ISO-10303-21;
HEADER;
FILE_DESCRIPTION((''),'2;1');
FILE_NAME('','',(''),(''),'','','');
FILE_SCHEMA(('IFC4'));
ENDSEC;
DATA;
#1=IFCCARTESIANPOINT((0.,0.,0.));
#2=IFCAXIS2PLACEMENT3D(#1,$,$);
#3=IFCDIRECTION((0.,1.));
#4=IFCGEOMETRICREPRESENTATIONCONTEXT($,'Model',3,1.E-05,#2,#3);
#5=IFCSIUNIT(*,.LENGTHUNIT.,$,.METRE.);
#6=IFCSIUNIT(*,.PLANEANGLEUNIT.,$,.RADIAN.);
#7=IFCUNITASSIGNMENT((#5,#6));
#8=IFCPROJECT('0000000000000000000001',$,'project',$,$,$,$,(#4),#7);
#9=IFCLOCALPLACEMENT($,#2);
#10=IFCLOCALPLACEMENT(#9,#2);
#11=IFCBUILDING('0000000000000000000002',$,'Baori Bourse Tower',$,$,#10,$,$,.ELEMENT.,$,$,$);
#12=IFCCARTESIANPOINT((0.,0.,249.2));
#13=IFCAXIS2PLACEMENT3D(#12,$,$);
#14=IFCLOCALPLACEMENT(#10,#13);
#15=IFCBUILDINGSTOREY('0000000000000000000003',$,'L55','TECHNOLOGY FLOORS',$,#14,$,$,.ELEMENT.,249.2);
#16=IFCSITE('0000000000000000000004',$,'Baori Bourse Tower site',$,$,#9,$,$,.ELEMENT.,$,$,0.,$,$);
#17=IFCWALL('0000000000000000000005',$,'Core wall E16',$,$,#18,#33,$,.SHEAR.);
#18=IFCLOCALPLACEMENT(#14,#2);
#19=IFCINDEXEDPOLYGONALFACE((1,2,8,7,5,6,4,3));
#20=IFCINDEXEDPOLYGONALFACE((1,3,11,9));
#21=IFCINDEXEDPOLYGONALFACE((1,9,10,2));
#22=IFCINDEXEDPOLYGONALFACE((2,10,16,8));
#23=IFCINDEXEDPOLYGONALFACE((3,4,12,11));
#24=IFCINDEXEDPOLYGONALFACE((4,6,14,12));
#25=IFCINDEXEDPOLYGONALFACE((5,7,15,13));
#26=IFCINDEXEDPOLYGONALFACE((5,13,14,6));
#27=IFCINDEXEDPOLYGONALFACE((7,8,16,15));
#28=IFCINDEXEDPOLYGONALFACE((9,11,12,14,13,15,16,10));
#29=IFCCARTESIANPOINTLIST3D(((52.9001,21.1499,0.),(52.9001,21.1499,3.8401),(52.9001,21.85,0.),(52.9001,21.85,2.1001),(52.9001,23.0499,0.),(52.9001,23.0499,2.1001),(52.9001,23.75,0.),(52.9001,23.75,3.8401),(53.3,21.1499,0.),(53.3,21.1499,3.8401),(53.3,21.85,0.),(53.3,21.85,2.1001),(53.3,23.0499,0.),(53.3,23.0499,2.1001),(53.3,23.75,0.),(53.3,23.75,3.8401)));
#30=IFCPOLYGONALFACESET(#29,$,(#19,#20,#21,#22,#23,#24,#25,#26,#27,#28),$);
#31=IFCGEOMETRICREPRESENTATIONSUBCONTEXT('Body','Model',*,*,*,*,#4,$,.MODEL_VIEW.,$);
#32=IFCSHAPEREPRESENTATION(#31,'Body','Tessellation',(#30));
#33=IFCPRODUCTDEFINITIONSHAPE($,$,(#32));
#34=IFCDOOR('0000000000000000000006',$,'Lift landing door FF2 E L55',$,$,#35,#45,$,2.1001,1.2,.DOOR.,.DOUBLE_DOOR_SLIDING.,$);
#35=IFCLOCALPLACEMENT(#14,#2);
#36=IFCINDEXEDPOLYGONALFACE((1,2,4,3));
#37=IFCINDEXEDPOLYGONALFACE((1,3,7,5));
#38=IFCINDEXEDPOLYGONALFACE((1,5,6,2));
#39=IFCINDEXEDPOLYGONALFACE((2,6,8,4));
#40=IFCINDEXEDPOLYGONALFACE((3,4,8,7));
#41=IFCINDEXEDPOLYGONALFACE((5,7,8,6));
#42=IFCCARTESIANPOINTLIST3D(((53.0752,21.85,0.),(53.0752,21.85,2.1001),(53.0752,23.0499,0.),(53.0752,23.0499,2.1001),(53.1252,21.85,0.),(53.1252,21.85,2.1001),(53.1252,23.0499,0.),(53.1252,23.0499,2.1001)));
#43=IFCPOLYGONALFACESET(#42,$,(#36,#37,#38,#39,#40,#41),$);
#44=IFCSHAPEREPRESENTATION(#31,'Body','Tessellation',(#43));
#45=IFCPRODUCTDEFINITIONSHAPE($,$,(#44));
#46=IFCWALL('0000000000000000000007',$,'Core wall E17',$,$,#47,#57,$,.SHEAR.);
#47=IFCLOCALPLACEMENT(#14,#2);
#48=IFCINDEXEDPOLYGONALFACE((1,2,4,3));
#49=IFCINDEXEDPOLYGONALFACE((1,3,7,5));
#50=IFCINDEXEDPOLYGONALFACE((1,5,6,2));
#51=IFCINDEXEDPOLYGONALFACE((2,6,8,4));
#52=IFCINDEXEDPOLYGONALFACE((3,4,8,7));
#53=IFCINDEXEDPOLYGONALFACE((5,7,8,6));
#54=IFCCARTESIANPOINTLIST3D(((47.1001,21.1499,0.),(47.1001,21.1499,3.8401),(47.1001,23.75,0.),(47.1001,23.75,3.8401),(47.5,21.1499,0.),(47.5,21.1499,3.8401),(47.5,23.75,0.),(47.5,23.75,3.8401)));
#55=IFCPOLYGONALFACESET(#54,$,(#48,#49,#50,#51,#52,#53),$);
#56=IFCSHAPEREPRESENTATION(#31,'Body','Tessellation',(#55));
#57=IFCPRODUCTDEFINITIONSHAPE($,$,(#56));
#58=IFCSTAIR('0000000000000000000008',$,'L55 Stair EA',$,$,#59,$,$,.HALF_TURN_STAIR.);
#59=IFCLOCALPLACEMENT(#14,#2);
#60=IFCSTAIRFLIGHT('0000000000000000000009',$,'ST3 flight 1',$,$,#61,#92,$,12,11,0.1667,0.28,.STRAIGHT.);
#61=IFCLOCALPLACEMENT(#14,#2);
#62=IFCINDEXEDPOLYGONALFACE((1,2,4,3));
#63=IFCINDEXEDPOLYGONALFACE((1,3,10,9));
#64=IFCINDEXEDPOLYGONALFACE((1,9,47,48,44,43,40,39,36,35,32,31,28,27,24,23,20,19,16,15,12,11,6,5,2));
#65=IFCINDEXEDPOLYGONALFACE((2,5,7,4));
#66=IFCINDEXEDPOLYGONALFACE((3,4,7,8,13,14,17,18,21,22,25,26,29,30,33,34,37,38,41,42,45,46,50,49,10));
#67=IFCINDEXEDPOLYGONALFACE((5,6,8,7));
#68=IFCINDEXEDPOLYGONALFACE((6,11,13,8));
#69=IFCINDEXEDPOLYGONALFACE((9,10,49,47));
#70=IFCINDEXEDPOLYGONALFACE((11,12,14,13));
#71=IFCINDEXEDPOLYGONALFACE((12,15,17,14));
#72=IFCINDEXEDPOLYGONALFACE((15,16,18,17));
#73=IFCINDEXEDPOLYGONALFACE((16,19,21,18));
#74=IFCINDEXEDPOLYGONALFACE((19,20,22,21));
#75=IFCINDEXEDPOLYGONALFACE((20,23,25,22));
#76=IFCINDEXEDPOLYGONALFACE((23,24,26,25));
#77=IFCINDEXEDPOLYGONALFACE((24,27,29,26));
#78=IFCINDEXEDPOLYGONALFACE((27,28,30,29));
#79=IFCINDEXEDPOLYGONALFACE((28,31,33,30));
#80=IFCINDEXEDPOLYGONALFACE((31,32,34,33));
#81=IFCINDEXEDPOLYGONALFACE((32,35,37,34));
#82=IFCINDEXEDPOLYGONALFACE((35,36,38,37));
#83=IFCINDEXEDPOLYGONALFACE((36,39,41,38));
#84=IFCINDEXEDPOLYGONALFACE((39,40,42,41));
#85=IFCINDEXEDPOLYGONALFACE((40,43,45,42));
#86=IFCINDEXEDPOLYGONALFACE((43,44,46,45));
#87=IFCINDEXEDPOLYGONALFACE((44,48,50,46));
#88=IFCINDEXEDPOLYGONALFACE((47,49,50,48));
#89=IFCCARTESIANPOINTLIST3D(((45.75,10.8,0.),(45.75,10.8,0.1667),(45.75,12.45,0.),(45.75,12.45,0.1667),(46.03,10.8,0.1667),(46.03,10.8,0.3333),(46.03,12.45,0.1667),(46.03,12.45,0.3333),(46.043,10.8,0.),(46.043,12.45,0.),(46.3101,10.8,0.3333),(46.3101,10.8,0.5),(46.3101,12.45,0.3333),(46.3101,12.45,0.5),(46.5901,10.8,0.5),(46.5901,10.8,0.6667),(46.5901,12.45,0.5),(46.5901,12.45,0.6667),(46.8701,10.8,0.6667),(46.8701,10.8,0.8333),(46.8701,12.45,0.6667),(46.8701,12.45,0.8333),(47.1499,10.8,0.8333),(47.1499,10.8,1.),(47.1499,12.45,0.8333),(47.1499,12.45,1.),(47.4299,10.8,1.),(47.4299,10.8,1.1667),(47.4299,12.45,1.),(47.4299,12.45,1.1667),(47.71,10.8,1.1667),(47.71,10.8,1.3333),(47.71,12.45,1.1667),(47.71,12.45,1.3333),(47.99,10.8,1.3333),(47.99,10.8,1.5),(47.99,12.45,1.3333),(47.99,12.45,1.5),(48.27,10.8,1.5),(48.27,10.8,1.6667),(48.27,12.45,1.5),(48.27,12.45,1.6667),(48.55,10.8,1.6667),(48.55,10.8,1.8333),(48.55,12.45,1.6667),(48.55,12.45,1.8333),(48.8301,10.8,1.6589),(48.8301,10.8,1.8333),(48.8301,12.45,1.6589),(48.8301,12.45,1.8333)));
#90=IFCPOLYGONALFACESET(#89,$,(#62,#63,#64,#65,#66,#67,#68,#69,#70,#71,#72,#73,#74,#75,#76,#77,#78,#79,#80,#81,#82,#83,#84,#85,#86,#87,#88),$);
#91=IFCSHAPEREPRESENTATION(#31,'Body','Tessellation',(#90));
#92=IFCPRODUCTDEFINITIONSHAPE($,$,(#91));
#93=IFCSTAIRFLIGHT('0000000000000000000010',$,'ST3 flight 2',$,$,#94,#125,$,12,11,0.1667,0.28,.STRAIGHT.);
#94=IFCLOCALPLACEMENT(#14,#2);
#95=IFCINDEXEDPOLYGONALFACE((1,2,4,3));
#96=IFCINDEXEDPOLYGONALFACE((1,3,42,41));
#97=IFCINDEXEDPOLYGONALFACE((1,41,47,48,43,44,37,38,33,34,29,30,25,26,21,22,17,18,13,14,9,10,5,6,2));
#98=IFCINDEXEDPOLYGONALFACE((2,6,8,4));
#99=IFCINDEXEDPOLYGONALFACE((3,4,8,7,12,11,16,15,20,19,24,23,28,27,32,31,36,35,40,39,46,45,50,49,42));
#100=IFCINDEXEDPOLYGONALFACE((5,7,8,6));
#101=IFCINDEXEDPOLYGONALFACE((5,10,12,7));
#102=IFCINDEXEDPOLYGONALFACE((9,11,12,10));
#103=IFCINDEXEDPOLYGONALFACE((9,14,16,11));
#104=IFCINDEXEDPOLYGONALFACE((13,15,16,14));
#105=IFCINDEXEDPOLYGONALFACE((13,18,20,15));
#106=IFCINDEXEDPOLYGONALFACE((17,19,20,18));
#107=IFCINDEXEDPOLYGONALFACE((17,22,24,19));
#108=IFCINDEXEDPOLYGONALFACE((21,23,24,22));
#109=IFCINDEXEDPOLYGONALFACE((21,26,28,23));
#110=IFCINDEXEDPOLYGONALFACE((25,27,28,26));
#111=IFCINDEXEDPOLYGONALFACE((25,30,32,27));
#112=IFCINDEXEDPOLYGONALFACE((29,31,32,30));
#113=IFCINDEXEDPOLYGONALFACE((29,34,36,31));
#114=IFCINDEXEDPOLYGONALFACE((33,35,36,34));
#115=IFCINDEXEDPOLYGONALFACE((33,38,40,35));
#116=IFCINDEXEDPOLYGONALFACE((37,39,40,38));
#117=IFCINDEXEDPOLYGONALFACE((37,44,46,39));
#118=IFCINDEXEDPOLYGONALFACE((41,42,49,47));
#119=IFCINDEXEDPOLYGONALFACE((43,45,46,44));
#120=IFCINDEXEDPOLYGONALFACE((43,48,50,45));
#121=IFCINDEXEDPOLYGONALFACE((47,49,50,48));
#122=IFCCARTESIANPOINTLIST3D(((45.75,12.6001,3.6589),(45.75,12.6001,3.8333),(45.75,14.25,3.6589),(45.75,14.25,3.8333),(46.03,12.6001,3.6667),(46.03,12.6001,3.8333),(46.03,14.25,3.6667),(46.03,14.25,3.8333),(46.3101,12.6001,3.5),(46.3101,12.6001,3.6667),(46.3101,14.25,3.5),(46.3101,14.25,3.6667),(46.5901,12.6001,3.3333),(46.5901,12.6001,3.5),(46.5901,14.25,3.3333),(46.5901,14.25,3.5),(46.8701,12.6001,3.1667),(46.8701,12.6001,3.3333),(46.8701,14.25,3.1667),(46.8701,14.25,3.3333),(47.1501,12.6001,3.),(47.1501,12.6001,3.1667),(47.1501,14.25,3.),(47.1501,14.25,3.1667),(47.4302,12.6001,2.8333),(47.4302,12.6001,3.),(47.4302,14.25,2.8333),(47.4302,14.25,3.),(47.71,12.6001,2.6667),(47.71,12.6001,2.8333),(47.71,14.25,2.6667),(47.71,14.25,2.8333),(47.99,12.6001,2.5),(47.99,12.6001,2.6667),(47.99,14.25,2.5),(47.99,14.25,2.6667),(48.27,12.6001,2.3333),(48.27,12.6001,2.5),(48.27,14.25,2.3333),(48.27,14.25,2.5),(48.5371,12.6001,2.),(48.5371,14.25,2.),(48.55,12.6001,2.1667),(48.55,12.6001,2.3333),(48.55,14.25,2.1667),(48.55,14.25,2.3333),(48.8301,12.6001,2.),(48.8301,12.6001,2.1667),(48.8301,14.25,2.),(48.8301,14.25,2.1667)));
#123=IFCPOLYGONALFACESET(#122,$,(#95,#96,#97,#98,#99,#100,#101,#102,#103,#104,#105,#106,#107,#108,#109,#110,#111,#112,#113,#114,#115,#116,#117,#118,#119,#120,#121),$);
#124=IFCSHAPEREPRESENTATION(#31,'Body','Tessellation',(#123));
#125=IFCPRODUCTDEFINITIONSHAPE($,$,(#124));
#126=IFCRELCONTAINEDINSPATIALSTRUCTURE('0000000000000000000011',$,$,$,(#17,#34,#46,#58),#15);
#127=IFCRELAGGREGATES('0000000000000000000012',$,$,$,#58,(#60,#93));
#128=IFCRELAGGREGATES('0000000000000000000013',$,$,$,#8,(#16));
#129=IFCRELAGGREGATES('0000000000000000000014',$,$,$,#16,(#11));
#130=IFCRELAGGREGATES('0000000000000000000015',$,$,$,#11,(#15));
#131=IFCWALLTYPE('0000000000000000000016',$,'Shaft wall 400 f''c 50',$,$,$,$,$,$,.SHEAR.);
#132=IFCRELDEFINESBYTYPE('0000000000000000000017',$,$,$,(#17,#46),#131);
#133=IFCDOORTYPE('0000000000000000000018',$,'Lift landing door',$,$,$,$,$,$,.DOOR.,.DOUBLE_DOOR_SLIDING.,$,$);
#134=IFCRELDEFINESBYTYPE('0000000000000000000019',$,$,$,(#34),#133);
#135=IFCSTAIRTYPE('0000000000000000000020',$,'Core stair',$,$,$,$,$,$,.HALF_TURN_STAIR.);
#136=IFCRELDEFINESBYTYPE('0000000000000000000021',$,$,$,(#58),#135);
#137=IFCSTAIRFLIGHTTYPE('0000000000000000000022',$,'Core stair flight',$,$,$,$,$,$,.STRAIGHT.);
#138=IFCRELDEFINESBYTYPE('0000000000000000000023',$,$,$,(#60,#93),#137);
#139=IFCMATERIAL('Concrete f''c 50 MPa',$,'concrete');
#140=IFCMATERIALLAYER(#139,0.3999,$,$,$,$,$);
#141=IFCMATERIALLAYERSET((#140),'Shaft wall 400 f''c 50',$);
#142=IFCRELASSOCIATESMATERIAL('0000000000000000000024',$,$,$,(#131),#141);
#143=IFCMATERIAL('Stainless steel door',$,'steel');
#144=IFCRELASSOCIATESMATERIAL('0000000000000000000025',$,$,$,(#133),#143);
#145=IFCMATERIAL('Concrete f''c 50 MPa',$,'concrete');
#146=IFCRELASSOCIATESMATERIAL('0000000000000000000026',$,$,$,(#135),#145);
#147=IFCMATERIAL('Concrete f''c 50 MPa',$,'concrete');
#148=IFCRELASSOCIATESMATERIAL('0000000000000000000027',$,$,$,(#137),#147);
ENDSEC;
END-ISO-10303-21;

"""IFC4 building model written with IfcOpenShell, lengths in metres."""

from ifc_helpers import new_model, si_unit, direction, frame, frame_2d, origin, place, context, subcontext, project, spatial, polyline, rectangle, outline, extrude, material, layer, layer_set, type_object, element, fill, aggregate, save


model = new_model("IFC4")

# Units and contexts
model_context = context("Model", 3, precision=1e-05, world=origin(), true_north=direction((0.0, 1.0)))
body_context = subcontext(model_context, "Body", "Model", "MODEL_VIEW")
ifc_project = project(units=[si_unit("LENGTHUNIT", "METRE"), si_unit("PLANEANGLEUNIT", "RADIAN")], contexts=[model_context])

# Site, building, storey
site_placement = place(None, origin())
site = spatial("IfcSite", under=ifc_project, at=site_placement, Name="Baori Bourse Tower site", CompositionType="ELEMENT", RefElevation=0.0)
building_placement = place(site_placement, origin())
building = spatial("IfcBuilding", under=site, at=building_placement, Name="Baori Bourse Tower", CompositionType="ELEMENT")
storey_placement = place(building_placement, frame((0.0, 0.0, 249.2)))
storey = spatial("IfcBuildingStorey", under=building, at=storey_placement, Name="L55", Description="TECHNOLOGY FLOORS", CompositionType="ELEMENT", Elevation=249.2)

# Shared definitions
ifc_material_1 = material(Name="Concrete f'c 50 MPa", Category="concrete")
ifc_layer_1 = layer(ifc_material_1, 0.3999)
ifc_layer_set_1 = layer_set([ifc_layer_1], Name="Shaft wall 400 f'c 50")
wall_type_1 = type_object("IfcWallType", Name="Shaft wall 400 f'c 50", PredefinedType="SHEAR", material=ifc_layer_set_1)

# Wall, opening, door
wall_1_placement = place(storey_placement, frame((53.1001, 21.1499, 0.0), z_axis=(0.0, 0.0, 1.0), x_axis=(0.0, 1.0, 0.0)))
wall_1 = element("IfcWall", 1, at=wall_1_placement, inside=storey, type_object=wall_type_1, Name="Core wall E16", PredefinedType="SHEAR", context=body_context, shape_type="SweptSolid", body=[
    extrude(rectangle(XDim=2.6001, YDim=0.3999, at=frame_2d((1.3, 0.0))), origin(), (0.0, 0.0, 1.0), 3.8401),
])
opening_1_placement = place(wall_1_placement, frame((0.7, 0.0, 0.0)))
opening_1 = element("IfcOpeningElement", 2, at=opening_1_placement, cuts=wall_1, PredefinedType="OPENING", context=body_context, shape_type="SweptSolid", body=[
    extrude(rectangle(XDim=1.2, YDim=2.1001, at=frame_2d((0.6001, 1.05))), frame((0.0, 0.21, 0.0), z_axis=(0.0, -1.0, 0.0), x_axis=(1.0, 0.0, 0.0)), (0.0, 0.0, 1.0), 0.4199),
])
ifc_material_2 = material(Name="Stainless steel door", Category="steel")
door_type_1 = type_object("IfcDoorType", Name="Lift landing door", OperationType="DOUBLE_DOOR_SLIDING", PredefinedType="DOOR", material=ifc_material_2)
door_1_placement = place(opening_1_placement, origin())
door_1 = element("IfcDoor", 3, at=door_1_placement, inside=storey, type_object=door_type_1, Name="Lift landing door FF2 E L55", OperationType="DOUBLE_DOOR_SLIDING", OverallHeight=2.1001, OverallWidth=1.2, PredefinedType="DOOR", context=body_context, shape_type="SweptSolid", body=[
    extrude(rectangle(XDim=1.2, YDim=2.1001, at=frame_2d((0.6001, 1.05))), frame((0.0, 0.0249, 0.0), z_axis=(0.0, -1.0, 0.0), x_axis=(1.0, 0.0, 0.0)), (0.0, 0.0, 1.0), 0.05),
])
fill(opening_1, door_1)

# Wall
wall_2_placement = place(storey_placement, frame((47.3, 21.1499, 0.0), z_axis=(0.0, 0.0, 1.0), x_axis=(0.0, 1.0, 0.0)))
element("IfcWall", 4, at=wall_2_placement, inside=storey, type_object=wall_type_1, Name="Core wall E17", PredefinedType="SHEAR", context=body_context, shape_type="SweptSolid", body=[
    extrude(rectangle(XDim=2.6001, YDim=0.3999, at=frame_2d((1.3, 0.0))), origin(), (0.0, 0.0, 1.0), 3.8401),
])

# Stair, stair flights
ifc_material_3 = material(Name="Concrete f'c 50 MPa", Category="concrete")
stair_type = type_object("IfcStairType", Name="Core stair", PredefinedType="HALF_TURN_STAIR", material=ifc_material_3)
stair_placement = place(storey_placement, origin())
stair = element("IfcStair", 5, at=stair_placement, inside=storey, type_object=stair_type, Name="L55 Stair EA", PredefinedType="HALF_TURN_STAIR")
ifc_material_4 = material(Name="Concrete f'c 50 MPa", Category="concrete")
stair_flight_type = type_object("IfcStairFlightType", Name="Core stair flight", PredefinedType="STRAIGHT", material=ifc_material_4)
stair_flight_1_placement = place(storey_placement, frame((45.75, 11.625, 0.0), z_axis=(0.0, 0.0, 1.0), x_axis=(1.0, 0.0, 0.0)))
stair_flight_1 = element("IfcStairFlight", 6, at=stair_flight_1_placement, type_object=stair_flight_type, Name="ST3 flight 1", NumberOfRisers=12, NumberOfTreads=11, PredefinedType="STRAIGHT", RiserHeight=0.1667, TreadLength=0.28, context=body_context, shape_type="SweptSolid", body=[
    extrude(outline(polyline([(0.0, 0.0), (0.0, 0.1667), (0.28, 0.1667), (0.28, 0.3333), (0.5601, 0.3333), (0.5601, 0.5), (0.8401, 0.5), (0.8401, 0.6667), (1.1201, 0.6667), (1.1201, 0.8333), (1.3999, 0.8333), (1.3999, 1.0), (1.6799, 1.0), (1.6799, 1.1667), (1.96, 1.1667), (1.96, 1.3333), (2.24, 1.3333), (2.24, 1.5), (2.52, 1.5), (2.52, 1.6667), (2.8, 1.6667), (2.8, 1.8333), (3.0801, 1.8333), (3.0801, 2.0), (3.0801, 1.6589), (0.293, 0.0), (0.0, 0.0)])), frame((0.0, 0.825, 0.0), z_axis=(0.0, -1.0, 0.0), x_axis=(1.0, 0.0, 0.0)), (0.0, 0.0, 1.0), 1.6499),
])
stair_flight_2_placement = place(storey_placement, frame((48.8301, 13.425, 2.0), z_axis=(0.0, 0.0, 1.0), x_axis=(-1.0, 0.0, 0.0)))
stair_flight_2 = element("IfcStairFlight", 7, at=stair_flight_2_placement, type_object=stair_flight_type, Name="ST3 flight 2", NumberOfRisers=12, NumberOfTreads=11, PredefinedType="STRAIGHT", RiserHeight=0.1667, TreadLength=0.28, context=body_context, shape_type="SweptSolid", body=[
    extrude(outline(polyline([(0.0, 0.0), (0.0, 0.1667), (0.28, 0.1667), (0.28, 0.3333), (0.5601, 0.3333), (0.5601, 0.5), (0.8401, 0.5), (0.8401, 0.6667), (1.1201, 0.6667), (1.1201, 0.8333), (1.3999, 0.8333), (1.3999, 1.0), (1.6799, 1.0), (1.6799, 1.1667), (1.96, 1.1667), (1.96, 1.3333), (2.24, 1.3333), (2.24, 1.5), (2.52, 1.5), (2.52, 1.6667), (2.8, 1.6667), (2.8, 1.8333), (3.0801, 1.8333), (3.0801, 2.0), (3.0801, 1.6589), (0.293, 0.0), (0.0, 0.0)])), frame((0.0, 0.825, 0.0), z_axis=(0.0, -1.0, 0.0), x_axis=(1.0, 0.0, 0.0)), (0.0, 0.0, 1.0), 1.6499),
])
aggregate(stair, [stair_flight_1, stair_flight_2])

save(model, "model.ifc")
